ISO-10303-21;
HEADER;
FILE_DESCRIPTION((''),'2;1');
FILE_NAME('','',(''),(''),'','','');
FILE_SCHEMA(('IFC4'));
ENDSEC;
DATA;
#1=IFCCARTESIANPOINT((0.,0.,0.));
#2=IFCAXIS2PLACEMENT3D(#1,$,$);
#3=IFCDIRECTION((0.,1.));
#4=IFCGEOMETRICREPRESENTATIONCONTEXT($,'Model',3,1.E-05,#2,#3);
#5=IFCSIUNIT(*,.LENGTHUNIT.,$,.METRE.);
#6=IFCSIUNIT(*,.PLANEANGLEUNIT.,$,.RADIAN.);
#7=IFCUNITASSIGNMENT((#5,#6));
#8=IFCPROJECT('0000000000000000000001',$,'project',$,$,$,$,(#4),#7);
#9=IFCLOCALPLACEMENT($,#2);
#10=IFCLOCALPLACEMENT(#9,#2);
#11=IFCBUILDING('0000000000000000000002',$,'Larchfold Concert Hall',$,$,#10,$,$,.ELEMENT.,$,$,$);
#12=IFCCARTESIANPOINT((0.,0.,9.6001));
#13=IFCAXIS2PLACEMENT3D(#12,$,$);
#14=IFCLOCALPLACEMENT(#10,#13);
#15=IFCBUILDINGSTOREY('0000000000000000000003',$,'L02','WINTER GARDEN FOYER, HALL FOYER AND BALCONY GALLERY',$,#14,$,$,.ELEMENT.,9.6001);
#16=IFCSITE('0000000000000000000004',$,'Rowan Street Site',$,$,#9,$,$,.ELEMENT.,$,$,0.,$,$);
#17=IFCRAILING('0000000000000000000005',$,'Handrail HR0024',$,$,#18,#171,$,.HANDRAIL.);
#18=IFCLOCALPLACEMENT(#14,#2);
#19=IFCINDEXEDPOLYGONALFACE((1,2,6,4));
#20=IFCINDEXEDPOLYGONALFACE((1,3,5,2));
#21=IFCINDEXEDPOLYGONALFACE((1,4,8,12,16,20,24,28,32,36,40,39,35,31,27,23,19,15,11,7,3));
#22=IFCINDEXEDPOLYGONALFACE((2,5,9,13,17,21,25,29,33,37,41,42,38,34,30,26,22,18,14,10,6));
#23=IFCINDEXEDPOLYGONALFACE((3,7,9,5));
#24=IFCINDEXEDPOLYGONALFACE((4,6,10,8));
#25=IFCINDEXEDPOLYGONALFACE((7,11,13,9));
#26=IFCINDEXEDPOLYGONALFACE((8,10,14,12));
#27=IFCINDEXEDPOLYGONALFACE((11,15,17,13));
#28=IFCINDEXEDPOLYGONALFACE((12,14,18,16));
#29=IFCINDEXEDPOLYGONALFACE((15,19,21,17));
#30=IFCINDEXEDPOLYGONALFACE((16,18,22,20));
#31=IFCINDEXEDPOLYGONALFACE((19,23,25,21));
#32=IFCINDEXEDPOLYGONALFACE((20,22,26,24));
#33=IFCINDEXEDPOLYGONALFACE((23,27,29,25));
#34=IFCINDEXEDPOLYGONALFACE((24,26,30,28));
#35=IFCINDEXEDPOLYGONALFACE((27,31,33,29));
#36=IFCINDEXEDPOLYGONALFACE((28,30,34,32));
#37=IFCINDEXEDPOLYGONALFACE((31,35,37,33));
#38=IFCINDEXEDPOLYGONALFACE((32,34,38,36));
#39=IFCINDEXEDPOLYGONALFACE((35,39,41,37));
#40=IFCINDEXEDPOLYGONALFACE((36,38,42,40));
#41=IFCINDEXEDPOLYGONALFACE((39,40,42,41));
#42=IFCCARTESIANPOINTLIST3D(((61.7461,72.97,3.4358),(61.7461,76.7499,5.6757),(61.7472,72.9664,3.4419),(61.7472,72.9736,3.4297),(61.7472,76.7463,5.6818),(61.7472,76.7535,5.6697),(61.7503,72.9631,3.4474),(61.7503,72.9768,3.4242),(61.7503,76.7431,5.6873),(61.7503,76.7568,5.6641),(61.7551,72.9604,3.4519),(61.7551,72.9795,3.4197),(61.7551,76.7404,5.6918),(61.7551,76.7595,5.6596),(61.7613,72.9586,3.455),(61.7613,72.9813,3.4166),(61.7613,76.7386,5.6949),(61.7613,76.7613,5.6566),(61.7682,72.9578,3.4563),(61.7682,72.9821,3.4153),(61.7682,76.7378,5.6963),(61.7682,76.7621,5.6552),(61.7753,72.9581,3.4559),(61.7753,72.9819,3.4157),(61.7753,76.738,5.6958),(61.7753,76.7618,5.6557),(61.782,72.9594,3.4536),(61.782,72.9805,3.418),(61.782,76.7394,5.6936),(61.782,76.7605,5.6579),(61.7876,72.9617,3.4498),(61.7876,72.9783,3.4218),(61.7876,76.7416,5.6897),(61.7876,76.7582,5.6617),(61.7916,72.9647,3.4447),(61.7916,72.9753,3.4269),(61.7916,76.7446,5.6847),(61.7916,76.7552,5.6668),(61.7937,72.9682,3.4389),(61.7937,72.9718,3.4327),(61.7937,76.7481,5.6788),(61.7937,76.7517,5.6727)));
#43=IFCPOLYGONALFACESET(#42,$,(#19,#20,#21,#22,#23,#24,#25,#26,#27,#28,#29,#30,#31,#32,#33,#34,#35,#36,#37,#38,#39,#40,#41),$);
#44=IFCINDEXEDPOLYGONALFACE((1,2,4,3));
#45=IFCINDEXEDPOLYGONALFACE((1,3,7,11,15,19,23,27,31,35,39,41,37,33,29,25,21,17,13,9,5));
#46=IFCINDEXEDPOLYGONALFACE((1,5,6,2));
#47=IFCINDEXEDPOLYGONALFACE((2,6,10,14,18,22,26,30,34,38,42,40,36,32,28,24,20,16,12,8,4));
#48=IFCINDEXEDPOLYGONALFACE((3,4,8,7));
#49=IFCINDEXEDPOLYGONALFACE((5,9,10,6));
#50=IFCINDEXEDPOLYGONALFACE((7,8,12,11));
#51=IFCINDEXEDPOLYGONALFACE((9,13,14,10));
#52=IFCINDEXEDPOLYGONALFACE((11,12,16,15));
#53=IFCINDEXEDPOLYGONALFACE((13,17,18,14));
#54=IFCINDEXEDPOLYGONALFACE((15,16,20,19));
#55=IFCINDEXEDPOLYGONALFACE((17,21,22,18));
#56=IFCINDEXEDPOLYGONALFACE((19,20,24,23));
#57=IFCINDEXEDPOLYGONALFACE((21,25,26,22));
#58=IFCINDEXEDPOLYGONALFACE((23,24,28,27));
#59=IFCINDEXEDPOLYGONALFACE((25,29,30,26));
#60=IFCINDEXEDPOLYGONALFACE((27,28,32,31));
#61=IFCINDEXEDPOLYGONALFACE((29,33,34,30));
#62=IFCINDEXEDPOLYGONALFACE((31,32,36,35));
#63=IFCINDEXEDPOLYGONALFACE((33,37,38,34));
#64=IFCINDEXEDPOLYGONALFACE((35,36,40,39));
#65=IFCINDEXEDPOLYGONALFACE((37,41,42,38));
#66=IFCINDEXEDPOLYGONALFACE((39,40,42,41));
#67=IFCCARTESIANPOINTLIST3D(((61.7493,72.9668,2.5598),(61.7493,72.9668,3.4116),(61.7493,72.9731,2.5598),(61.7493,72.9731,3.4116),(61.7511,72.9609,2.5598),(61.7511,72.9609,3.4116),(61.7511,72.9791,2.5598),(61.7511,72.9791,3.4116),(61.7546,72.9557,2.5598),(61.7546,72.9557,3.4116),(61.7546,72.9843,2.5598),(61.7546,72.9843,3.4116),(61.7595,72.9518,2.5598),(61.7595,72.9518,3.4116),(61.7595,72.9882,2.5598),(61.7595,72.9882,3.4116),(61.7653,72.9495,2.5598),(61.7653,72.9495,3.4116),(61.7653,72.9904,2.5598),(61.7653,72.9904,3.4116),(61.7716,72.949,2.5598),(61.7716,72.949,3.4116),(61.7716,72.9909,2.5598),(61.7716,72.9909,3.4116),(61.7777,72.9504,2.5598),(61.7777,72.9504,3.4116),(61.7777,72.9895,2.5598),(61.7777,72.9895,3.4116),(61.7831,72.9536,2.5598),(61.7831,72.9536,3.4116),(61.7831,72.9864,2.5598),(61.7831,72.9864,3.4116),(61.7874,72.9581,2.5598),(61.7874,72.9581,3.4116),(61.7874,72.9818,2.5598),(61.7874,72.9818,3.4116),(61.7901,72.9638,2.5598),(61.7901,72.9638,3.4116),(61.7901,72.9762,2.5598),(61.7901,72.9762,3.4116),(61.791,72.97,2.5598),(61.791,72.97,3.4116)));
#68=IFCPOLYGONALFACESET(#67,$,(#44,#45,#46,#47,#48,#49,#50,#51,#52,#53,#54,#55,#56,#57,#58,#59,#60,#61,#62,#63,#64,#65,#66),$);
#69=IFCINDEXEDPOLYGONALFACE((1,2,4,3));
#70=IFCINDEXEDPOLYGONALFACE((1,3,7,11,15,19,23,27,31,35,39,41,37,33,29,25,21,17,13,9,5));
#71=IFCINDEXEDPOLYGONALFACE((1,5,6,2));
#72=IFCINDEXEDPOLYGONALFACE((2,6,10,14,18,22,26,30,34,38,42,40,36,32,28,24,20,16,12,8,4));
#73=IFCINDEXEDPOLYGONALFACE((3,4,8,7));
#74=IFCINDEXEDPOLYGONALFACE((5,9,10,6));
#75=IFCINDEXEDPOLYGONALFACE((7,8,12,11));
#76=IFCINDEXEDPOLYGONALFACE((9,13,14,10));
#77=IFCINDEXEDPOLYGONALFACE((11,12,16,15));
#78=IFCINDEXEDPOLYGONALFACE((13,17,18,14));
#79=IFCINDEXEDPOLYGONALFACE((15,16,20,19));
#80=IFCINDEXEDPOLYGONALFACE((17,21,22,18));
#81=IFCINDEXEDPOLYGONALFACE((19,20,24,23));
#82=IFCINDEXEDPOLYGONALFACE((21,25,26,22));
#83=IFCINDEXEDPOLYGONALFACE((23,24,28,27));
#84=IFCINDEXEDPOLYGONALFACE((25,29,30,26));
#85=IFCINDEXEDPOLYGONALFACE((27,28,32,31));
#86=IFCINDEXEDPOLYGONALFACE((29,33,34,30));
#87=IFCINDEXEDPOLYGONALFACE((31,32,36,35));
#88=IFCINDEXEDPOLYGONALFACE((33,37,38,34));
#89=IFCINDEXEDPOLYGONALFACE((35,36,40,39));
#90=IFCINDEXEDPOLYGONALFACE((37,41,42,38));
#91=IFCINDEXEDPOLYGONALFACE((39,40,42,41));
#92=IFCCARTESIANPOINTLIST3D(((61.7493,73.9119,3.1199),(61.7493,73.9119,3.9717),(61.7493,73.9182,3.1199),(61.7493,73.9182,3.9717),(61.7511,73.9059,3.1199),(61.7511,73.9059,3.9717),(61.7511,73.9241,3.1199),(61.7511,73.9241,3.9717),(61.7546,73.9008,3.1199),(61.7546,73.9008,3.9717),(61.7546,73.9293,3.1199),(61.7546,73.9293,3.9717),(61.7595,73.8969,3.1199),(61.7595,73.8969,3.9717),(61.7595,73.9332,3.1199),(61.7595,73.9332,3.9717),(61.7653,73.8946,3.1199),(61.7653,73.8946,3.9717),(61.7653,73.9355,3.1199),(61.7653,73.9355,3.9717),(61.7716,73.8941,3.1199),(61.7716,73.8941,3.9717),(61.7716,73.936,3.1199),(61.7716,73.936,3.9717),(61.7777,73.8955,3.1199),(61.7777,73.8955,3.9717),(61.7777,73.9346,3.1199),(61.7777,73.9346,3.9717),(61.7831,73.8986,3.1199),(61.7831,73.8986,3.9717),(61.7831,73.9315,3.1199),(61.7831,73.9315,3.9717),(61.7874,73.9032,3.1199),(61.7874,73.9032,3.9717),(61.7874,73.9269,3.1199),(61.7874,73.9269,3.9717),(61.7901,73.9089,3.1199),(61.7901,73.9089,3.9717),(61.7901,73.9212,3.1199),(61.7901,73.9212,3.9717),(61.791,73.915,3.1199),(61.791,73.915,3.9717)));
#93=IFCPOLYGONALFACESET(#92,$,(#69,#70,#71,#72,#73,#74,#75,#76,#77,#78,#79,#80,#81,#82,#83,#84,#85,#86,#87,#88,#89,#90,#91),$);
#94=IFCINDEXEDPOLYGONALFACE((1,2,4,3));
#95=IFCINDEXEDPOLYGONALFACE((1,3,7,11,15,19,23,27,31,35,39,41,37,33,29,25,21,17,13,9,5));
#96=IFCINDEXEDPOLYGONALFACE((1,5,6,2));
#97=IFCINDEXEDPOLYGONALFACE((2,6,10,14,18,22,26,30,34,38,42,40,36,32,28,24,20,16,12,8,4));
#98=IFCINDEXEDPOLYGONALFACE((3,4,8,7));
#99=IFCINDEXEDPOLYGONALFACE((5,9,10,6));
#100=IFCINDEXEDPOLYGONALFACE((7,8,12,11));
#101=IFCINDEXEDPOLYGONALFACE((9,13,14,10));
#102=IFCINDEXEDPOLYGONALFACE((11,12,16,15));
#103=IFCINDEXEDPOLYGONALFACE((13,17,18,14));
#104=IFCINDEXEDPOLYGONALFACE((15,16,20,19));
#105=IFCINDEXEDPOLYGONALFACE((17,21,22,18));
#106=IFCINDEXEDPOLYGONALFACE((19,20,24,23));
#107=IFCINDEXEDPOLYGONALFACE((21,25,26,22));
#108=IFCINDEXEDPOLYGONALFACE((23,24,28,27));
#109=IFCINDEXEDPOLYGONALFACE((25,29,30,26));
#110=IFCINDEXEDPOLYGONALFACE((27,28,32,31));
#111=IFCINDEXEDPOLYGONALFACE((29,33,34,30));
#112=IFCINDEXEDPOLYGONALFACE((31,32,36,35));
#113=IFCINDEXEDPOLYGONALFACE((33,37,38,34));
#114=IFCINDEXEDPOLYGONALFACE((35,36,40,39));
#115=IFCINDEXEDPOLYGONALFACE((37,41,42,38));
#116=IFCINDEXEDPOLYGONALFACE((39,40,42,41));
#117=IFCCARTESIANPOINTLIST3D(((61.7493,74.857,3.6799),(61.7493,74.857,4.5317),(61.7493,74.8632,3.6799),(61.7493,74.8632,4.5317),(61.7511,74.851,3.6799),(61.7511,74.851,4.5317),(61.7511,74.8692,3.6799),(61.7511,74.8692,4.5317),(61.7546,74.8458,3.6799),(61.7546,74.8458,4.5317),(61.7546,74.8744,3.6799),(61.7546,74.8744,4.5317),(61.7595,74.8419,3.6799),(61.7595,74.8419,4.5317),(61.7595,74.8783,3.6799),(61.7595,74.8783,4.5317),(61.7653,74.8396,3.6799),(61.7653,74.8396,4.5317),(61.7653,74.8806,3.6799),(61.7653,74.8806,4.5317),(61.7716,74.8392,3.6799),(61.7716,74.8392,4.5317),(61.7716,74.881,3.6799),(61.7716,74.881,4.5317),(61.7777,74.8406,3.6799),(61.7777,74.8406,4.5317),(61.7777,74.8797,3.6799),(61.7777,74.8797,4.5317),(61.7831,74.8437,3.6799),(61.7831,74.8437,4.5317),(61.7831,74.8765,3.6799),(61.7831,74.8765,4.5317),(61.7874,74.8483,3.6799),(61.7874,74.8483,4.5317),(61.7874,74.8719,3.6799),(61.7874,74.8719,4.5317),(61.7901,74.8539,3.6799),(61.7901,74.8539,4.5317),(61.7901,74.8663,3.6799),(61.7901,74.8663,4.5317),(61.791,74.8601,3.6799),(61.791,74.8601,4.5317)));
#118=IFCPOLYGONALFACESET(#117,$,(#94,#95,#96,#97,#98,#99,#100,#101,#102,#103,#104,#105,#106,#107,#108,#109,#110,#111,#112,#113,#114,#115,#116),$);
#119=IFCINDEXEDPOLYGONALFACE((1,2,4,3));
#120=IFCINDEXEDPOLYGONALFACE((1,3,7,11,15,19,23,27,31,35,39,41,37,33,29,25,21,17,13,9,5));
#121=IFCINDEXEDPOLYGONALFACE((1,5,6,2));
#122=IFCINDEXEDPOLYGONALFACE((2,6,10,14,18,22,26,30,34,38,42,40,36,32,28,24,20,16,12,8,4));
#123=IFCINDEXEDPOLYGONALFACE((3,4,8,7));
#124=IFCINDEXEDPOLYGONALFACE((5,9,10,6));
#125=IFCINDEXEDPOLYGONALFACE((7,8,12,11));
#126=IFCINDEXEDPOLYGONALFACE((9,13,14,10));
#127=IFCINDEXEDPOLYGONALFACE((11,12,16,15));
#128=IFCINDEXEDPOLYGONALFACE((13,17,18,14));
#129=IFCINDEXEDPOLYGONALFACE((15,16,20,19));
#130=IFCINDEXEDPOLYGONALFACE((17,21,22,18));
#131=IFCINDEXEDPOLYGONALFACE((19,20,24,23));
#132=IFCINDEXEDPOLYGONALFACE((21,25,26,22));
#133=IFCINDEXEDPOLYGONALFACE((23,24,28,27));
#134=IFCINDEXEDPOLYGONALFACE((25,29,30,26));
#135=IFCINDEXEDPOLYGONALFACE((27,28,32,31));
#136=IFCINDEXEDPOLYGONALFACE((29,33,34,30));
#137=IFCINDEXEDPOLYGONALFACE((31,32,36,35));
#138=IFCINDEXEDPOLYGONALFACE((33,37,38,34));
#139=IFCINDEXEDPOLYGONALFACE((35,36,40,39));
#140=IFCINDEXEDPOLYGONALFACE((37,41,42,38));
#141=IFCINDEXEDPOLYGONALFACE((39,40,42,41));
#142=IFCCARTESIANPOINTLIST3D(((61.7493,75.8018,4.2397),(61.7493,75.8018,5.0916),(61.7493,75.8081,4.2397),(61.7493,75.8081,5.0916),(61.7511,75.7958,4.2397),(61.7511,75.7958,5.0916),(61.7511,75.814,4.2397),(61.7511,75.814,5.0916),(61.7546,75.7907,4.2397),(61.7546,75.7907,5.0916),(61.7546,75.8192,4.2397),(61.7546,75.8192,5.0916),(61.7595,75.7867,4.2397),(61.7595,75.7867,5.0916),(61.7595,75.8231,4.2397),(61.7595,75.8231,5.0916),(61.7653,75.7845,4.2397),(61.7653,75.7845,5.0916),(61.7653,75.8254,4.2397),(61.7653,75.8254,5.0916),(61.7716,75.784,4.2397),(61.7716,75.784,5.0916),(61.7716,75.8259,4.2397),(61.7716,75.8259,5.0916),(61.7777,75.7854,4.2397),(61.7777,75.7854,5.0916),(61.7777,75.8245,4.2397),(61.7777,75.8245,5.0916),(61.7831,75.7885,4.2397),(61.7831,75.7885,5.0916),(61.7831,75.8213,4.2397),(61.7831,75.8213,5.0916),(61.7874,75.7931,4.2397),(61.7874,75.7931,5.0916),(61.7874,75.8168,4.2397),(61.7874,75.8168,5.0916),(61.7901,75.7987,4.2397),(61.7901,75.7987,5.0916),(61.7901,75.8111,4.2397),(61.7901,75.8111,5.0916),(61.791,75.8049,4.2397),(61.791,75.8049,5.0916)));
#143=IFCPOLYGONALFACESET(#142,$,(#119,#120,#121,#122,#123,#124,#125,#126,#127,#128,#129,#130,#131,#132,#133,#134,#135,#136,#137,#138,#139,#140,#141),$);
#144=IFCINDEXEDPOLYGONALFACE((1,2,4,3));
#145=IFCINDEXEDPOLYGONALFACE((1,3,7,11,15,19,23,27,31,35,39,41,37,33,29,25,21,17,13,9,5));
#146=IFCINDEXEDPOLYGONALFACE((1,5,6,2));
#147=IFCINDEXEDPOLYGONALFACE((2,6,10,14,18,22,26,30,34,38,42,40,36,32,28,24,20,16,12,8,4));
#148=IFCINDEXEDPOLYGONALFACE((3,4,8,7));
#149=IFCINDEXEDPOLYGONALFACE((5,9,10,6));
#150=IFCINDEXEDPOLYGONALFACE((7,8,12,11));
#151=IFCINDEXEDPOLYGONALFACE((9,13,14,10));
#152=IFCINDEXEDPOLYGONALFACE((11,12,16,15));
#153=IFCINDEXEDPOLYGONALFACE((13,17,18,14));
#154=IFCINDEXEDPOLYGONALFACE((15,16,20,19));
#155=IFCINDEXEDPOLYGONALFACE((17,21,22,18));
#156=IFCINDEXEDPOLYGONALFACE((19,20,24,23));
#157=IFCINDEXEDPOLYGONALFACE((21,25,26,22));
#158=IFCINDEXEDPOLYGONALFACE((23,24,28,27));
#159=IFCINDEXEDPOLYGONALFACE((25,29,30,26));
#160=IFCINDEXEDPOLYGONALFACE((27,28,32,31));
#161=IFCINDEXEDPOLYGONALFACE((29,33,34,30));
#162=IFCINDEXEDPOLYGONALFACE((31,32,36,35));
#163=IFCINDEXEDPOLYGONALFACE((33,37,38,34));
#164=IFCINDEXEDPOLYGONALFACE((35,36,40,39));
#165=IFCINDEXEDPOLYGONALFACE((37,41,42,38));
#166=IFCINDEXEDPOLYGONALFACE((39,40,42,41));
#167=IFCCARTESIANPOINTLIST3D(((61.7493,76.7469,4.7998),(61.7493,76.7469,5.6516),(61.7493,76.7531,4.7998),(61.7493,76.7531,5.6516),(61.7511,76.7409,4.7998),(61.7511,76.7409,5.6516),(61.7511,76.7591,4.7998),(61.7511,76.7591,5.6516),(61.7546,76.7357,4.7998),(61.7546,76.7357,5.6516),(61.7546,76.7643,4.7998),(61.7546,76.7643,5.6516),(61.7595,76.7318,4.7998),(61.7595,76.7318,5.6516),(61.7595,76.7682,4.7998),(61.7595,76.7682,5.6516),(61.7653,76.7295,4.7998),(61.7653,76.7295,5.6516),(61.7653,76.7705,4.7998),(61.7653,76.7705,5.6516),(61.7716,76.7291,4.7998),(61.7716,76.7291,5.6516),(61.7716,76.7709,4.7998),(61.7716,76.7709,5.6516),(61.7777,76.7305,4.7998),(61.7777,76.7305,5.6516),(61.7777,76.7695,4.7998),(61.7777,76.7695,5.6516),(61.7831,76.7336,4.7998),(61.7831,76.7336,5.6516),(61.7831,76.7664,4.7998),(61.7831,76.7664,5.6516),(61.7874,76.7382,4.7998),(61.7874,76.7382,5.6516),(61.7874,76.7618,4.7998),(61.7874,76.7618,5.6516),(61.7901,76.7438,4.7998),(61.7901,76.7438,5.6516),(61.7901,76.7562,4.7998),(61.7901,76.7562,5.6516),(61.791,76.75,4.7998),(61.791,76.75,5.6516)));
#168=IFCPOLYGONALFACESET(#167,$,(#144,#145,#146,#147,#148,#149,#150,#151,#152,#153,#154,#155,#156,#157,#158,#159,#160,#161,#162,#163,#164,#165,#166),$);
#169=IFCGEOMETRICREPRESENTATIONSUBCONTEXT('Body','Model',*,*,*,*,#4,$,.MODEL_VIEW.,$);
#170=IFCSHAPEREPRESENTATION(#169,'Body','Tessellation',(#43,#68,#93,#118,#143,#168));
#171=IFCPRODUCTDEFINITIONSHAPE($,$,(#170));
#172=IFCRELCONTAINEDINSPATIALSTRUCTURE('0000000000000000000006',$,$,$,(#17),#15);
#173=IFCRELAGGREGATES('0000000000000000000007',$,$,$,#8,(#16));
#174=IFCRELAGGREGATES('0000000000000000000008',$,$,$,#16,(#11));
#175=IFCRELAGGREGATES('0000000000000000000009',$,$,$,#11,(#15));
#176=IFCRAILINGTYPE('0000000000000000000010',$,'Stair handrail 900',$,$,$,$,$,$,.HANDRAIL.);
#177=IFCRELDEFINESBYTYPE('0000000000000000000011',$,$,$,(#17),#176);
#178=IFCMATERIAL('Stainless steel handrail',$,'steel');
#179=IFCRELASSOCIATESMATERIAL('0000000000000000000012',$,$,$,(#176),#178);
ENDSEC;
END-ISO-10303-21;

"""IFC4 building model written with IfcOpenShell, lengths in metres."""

from ifc_helpers import new_model, si_unit, direction, frame, origin, origin_2d, place, context, subcontext, project, spatial, circle, extrude, material, type_object, element, save


model = new_model("IFC4")

# Units and contexts
model_context = context("Model", 3, precision=1e-05, world=origin(), true_north=direction((0.0, 1.0)))
body_context = subcontext(model_context, "Body", "Model", "MODEL_VIEW")
ifc_project = project(units=[si_unit("LENGTHUNIT", "METRE"), si_unit("PLANEANGLEUNIT", "RADIAN")], contexts=[model_context])

# Site, building, storey
site_placement = place(None, origin())
site = spatial("IfcSite", under=ifc_project, at=site_placement, Name="Rowan Street Site", CompositionType="ELEMENT", RefElevation=0.0)
building_placement = place(site_placement, origin())
building = spatial("IfcBuilding", under=site, at=building_placement, Name="Larchfold Concert Hall", CompositionType="ELEMENT")
storey_placement = place(building_placement, frame((0.0, 0.0, 9.6001)))
storey = spatial("IfcBuildingStorey", under=building, at=storey_placement, Name="L02", Description="WINTER GARDEN FOYER, HALL FOYER AND BALCONY GALLERY", CompositionType="ELEMENT", Elevation=9.6001)

# Railing
ifc_material_1 = material(Name="Stainless steel handrail", Category="steel")
railing_type_1 = type_object("IfcRailingType", Name="Stair handrail 900", PredefinedType="HANDRAIL", material=ifc_material_1)
railing_1_placement = place(storey_placement, frame((61.77, 72.97, 2.5598)))
element("IfcRailing", 1, at=railing_1_placement, inside=storey, type_object=railing_type_1, Name="Handrail HR0024", PredefinedType="HANDRAIL", context=body_context, shape_type="SweptSolid", body=[
    extrude(circle(Radius=0.0239, at=origin_2d()), frame((0.0, 0.0, 0.876), z_axis=(0.0, 0.860294, 0.509798), x_axis=(-1.0, 0.0, 0.0)), (0.0, 0.0, 1.0), 4.3938),
    extrude(circle(Radius=0.021, at=origin_2d()), origin(), (0.0, 0.0, 1.0), 0.8518),
    extrude(circle(Radius=0.021, at=origin_2d()), frame((0.0, 0.9451, 0.5601)), (0.0, 0.0, 1.0), 0.8518),
    extrude(circle(Radius=0.021, at=origin_2d()), frame((0.0, 1.8901, 1.1201)), (0.0, 0.0, 1.0), 0.8518),
    extrude(circle(Radius=0.021, at=origin_2d()), frame((0.0, 2.835, 1.6799)), (0.0, 0.0, 1.0), 0.8518),
    extrude(circle(Radius=0.021, at=origin_2d()), frame((0.0, 3.78, 2.24)), (0.0, 0.0, 1.0), 0.8518),
])

save(model, "model.ifc")
